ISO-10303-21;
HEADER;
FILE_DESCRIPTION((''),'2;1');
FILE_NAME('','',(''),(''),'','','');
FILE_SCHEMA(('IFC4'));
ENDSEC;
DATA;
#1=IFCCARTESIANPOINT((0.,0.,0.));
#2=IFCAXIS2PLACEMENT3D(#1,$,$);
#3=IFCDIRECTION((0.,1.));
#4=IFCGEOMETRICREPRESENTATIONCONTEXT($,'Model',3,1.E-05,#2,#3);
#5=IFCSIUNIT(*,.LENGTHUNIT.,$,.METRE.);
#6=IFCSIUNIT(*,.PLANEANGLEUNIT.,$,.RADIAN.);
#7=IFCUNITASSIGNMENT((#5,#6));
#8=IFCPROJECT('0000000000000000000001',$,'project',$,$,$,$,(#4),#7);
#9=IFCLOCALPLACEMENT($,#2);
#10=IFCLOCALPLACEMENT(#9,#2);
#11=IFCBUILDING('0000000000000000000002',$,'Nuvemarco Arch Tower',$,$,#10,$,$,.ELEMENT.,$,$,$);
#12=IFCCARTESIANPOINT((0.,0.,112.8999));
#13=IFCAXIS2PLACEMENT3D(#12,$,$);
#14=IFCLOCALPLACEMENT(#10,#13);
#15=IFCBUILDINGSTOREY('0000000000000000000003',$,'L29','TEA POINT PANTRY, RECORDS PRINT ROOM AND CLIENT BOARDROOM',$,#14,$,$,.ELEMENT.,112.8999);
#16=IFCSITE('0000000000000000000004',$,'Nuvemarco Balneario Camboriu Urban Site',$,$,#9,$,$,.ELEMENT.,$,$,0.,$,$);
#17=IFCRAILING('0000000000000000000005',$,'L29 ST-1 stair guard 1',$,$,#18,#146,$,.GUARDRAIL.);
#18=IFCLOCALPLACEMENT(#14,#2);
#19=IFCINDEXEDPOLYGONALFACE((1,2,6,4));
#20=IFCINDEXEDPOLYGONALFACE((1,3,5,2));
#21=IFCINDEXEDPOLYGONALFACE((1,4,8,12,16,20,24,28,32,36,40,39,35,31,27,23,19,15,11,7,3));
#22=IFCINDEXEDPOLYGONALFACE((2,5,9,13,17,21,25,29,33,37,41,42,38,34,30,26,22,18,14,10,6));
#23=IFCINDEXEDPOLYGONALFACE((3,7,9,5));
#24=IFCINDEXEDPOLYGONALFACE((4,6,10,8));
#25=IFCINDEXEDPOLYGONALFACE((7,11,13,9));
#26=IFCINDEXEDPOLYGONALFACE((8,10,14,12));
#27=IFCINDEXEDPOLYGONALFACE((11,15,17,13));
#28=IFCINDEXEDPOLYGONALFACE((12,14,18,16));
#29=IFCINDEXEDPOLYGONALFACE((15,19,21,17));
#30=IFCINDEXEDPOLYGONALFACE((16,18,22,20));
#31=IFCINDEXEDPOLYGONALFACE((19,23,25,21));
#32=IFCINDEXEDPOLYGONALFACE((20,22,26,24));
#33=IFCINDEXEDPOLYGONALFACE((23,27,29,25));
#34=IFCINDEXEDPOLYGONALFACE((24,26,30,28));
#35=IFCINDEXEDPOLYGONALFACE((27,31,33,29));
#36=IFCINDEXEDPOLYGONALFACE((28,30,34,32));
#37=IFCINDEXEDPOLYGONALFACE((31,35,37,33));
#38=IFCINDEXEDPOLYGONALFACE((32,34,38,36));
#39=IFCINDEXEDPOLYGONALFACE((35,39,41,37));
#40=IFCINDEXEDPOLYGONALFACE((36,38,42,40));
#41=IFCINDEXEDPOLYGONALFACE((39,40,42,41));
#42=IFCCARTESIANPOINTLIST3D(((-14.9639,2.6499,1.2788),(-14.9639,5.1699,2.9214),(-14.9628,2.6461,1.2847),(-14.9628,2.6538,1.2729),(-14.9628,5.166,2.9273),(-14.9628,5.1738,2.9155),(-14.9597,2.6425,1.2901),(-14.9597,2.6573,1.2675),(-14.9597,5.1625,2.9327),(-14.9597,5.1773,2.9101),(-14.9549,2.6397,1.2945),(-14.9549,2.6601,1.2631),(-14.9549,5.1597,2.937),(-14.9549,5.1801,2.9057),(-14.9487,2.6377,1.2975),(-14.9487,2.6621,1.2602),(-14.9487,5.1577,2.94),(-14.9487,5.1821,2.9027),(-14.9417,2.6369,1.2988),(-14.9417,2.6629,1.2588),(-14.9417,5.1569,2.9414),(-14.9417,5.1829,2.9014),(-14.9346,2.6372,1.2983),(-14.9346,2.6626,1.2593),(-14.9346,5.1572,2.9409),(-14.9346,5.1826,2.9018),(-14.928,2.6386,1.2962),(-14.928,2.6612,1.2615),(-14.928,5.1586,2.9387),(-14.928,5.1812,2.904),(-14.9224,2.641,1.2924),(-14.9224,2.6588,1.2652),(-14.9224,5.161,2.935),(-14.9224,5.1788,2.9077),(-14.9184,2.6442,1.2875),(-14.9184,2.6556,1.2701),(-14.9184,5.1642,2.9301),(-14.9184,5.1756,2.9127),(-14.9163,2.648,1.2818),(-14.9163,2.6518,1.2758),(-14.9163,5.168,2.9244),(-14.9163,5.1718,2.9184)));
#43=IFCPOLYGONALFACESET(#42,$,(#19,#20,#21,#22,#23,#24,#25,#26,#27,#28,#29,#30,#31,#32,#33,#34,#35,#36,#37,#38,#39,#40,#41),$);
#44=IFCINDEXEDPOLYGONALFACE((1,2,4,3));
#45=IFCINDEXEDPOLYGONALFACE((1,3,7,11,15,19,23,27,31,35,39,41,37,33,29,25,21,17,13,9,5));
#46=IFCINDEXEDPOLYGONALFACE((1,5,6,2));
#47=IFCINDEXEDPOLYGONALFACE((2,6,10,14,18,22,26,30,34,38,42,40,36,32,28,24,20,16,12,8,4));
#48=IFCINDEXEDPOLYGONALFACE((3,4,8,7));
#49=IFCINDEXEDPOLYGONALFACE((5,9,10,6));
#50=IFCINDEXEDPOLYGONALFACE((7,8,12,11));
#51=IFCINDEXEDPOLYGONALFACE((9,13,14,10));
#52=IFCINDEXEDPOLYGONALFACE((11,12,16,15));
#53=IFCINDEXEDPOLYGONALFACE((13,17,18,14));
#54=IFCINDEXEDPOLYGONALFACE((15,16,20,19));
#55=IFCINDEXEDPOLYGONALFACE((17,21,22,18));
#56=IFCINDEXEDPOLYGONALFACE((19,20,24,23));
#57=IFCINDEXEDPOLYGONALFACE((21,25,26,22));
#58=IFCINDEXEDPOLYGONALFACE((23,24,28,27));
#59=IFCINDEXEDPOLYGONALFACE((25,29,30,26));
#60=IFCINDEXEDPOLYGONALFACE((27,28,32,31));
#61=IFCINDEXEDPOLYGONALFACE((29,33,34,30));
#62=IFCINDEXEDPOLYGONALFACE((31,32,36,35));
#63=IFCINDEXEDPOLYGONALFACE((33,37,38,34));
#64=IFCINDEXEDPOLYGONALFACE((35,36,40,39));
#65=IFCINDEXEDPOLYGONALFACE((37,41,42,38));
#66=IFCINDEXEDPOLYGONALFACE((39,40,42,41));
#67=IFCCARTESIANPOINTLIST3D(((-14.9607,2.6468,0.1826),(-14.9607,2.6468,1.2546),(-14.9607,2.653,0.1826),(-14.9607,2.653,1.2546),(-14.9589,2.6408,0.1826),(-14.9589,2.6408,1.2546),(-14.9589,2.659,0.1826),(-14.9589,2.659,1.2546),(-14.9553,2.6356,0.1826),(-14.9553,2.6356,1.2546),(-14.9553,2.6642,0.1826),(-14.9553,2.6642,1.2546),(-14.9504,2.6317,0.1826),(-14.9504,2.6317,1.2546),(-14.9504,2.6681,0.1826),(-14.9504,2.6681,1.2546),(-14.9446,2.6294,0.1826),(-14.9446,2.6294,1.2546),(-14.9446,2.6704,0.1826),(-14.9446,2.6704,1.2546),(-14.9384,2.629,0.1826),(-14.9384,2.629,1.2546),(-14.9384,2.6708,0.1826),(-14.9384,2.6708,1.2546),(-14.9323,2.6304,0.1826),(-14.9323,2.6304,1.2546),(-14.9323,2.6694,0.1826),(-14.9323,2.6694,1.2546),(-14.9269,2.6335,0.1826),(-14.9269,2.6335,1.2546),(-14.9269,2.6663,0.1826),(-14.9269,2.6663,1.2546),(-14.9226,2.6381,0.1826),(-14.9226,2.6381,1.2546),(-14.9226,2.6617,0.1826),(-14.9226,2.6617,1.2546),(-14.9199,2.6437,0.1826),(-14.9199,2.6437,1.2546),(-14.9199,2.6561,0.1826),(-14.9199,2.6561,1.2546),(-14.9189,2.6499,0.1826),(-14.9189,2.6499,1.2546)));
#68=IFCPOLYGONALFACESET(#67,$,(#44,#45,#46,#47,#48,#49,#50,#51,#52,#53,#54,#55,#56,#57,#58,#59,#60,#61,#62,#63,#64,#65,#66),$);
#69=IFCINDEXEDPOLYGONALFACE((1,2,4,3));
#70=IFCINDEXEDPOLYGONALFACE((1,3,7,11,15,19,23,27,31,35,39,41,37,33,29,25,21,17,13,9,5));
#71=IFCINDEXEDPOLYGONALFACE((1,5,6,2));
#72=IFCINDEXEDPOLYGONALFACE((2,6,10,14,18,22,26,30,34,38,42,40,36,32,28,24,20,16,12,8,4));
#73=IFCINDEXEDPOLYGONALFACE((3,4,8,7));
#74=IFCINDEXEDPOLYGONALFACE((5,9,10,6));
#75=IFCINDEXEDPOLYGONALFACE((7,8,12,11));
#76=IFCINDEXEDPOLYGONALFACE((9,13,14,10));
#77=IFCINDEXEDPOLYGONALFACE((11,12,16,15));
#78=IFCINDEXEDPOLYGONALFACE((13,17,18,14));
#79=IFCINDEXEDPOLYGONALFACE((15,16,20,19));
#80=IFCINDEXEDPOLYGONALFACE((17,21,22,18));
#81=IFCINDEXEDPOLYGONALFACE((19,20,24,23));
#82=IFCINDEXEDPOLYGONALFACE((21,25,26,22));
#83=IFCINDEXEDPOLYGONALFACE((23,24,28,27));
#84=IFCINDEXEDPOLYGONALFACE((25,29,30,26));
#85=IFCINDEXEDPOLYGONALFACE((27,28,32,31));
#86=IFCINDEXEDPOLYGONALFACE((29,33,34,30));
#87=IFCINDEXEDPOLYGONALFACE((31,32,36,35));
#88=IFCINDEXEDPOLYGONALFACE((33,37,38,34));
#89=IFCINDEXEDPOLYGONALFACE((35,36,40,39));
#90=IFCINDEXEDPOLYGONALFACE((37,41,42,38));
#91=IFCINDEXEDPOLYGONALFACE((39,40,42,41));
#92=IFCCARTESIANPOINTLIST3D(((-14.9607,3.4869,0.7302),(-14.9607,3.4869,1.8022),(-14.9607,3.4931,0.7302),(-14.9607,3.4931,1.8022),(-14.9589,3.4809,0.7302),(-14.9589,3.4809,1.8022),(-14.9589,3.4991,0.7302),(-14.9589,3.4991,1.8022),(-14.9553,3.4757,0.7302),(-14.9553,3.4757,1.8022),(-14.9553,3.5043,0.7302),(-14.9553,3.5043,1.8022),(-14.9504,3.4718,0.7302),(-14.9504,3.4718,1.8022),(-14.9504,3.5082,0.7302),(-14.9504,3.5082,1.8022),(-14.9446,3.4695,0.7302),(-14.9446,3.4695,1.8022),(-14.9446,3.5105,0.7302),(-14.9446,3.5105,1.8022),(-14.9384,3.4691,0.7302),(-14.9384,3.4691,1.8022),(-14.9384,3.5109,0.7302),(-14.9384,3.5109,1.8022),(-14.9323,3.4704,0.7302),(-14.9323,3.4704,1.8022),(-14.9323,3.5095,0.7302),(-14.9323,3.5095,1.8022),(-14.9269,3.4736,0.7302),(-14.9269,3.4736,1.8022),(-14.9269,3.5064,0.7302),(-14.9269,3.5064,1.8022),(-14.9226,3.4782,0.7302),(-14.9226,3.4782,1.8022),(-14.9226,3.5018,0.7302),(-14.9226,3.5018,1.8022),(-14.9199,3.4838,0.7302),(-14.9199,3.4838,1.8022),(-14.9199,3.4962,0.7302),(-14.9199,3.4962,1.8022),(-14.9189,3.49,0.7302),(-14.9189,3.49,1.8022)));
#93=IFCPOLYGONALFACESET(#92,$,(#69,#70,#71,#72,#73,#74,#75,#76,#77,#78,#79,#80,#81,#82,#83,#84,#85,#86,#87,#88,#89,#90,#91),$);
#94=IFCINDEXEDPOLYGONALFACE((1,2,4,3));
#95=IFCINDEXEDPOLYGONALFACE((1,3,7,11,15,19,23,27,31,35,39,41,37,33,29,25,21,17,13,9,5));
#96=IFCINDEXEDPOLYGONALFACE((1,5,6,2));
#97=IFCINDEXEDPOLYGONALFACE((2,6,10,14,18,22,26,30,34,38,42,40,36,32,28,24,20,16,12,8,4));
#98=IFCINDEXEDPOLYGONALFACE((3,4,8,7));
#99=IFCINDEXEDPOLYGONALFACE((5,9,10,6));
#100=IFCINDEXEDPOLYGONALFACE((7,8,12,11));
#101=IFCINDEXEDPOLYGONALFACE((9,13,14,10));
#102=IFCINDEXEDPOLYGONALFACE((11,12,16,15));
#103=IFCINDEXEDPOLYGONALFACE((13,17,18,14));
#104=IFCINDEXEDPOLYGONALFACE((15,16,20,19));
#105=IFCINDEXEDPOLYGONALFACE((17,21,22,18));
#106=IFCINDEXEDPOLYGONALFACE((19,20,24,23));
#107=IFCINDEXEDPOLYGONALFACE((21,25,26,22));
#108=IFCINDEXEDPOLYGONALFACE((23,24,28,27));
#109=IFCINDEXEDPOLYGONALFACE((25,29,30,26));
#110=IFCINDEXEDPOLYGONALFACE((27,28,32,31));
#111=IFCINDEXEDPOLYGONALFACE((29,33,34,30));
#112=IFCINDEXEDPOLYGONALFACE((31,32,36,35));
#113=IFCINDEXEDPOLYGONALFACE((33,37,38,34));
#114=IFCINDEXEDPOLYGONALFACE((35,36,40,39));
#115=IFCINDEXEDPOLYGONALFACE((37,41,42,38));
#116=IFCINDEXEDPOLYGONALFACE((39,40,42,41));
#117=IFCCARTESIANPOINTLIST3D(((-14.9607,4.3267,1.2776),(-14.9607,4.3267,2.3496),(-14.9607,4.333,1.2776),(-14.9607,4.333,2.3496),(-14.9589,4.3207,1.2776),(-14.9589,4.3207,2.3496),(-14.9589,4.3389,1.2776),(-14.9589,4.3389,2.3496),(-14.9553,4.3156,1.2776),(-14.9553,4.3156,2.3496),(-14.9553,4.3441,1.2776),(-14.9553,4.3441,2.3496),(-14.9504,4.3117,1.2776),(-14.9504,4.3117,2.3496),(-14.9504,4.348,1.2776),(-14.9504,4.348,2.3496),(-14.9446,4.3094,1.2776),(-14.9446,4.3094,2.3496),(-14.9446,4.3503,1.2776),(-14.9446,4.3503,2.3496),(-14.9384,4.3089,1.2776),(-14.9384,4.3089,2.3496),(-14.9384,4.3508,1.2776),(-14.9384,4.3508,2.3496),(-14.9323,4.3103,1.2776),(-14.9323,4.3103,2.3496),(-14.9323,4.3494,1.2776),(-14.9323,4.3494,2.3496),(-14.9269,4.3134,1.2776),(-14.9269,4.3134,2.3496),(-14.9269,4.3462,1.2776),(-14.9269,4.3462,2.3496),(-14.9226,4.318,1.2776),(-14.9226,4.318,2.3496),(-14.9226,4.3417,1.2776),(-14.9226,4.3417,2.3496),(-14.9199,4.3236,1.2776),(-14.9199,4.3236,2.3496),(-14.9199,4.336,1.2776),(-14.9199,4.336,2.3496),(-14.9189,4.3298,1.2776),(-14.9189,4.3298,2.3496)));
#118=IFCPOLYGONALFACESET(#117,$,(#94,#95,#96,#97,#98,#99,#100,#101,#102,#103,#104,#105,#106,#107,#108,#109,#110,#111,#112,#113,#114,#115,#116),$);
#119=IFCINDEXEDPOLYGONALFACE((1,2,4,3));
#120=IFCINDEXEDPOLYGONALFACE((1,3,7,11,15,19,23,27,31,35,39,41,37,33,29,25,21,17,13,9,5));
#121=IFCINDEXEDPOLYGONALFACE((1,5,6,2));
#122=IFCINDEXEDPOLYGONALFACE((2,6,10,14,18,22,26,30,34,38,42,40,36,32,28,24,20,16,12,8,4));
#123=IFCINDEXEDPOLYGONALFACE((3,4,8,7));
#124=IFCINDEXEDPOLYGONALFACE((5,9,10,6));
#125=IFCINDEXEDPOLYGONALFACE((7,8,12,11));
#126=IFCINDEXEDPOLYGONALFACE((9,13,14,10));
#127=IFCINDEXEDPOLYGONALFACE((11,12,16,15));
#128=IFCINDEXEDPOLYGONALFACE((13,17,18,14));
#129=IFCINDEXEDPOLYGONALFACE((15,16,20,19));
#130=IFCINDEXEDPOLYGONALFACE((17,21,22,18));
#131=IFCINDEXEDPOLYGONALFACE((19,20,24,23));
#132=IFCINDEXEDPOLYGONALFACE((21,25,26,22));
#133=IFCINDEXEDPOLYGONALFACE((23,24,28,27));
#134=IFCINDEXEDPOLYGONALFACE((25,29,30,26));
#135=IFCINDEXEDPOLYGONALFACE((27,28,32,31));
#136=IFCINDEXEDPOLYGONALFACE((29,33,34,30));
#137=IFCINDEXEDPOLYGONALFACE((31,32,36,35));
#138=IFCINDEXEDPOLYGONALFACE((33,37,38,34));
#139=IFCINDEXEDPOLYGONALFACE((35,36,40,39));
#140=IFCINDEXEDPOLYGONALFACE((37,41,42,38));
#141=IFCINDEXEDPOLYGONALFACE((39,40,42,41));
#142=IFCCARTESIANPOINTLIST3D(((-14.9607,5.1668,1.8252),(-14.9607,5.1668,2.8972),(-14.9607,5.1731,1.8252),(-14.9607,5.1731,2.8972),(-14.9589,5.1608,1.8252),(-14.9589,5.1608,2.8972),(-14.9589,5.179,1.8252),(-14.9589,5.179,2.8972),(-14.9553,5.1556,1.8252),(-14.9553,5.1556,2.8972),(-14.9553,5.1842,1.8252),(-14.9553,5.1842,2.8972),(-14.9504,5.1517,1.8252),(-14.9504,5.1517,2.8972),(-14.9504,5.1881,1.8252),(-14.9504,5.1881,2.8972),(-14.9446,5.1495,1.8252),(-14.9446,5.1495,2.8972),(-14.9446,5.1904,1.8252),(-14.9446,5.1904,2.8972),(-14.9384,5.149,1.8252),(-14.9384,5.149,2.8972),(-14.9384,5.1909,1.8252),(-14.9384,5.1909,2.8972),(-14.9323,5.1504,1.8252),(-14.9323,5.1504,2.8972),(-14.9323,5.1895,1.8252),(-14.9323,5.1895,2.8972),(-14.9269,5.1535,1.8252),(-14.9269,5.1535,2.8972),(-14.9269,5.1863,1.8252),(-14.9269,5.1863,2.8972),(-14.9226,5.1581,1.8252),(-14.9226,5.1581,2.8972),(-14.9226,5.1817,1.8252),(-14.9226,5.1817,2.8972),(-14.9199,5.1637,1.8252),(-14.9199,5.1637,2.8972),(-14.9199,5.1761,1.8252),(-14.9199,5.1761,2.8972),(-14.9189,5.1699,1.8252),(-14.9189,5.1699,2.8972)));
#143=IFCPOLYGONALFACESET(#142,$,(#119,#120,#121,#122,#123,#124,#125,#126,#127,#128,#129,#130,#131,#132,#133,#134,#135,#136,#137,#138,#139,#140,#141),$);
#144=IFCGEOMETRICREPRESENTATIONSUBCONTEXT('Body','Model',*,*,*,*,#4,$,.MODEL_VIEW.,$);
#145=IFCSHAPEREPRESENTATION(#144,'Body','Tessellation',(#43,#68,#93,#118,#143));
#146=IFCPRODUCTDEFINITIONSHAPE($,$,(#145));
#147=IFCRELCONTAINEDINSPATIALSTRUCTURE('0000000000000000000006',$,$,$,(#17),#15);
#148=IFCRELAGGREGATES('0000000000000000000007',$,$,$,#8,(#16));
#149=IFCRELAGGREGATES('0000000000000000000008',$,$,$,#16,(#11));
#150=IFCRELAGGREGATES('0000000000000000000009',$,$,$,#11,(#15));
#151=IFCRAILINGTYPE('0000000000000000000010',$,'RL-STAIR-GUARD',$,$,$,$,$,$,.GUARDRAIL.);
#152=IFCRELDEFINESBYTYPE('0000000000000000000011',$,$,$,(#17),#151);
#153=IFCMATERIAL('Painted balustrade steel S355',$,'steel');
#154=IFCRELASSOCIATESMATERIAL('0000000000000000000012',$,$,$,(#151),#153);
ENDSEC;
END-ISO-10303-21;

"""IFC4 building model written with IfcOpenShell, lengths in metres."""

from ifc_helpers import new_model, si_unit, direction, frame, origin, origin_2d, place, context, subcontext, project, spatial, circle, extrude, material, type_object, element, save


model = new_model("IFC4")

# Units and contexts
model_context = context("Model", 3, precision=1e-05, world=origin(), true_north=direction((0.0, 1.0)))
body_context = subcontext(model_context, "Body", "Model", "MODEL_VIEW")
ifc_project = project(units=[si_unit("LENGTHUNIT", "METRE"), si_unit("PLANEANGLEUNIT", "RADIAN")], contexts=[model_context])

# Site, building, storey
site_placement = place(None, origin())
site = spatial("IfcSite", under=ifc_project, at=site_placement, Name="Nuvemarco Balneario Camboriu Urban Site", CompositionType="ELEMENT", RefElevation=0.0)
building_placement = place(site_placement, origin())
building = spatial("IfcBuilding", under=site, at=building_placement, Name="Nuvemarco Arch Tower", CompositionType="ELEMENT")
storey_placement = place(building_placement, frame((0.0, 0.0, 112.8999)))
storey = spatial("IfcBuildingStorey", under=building, at=storey_placement, Name="L29", Description="TEA POINT PANTRY, RECORDS PRINT ROOM AND CLIENT BOARDROOM", CompositionType="ELEMENT", Elevation=112.8999)

# Railing
ifc_material_1 = material(Name="Painted balustrade steel S355", Category="steel")
railing_type_1 = type_object("IfcRailingType", Name="RL-STAIR-GUARD", PredefinedType="GUARDRAIL", material=ifc_material_1)
railing_1_placement = place(storey_placement, frame((-14.9399, 2.6499, 0.1826)))
element("IfcRailing", 1, at=railing_1_placement, inside=storey, type_object=railing_type_1, Name="L29 ST-1 stair guard 1", PredefinedType="GUARDRAIL", context=body_context, shape_type="SweptSolid", body=[
    extrude(circle(Radius=0.0239, at=origin_2d()), frame((0.0, 0.0, 1.0962), z_axis=(0.0, 0.837749, 0.546055), x_axis=(-1.0, 0.0, 0.0)), (0.0, 0.0, 1.0), 3.0081),
    extrude(circle(Radius=0.021, at=origin_2d()), origin(), (0.0, 0.0, 1.0), 1.072),
    extrude(circle(Radius=0.021, at=origin_2d()), frame((0.0, 0.8401, 0.5476)), (0.0, 0.0, 1.0), 1.072),
    extrude(circle(Radius=0.021, at=origin_2d()), frame((0.0, 1.6799, 1.095)), (0.0, 0.0, 1.0), 1.072),
    extrude(circle(Radius=0.021, at=origin_2d()), frame((0.0, 2.52, 1.6426)), (0.0, 0.0, 1.0), 1.072),
])

save(model, "model.ifc")
